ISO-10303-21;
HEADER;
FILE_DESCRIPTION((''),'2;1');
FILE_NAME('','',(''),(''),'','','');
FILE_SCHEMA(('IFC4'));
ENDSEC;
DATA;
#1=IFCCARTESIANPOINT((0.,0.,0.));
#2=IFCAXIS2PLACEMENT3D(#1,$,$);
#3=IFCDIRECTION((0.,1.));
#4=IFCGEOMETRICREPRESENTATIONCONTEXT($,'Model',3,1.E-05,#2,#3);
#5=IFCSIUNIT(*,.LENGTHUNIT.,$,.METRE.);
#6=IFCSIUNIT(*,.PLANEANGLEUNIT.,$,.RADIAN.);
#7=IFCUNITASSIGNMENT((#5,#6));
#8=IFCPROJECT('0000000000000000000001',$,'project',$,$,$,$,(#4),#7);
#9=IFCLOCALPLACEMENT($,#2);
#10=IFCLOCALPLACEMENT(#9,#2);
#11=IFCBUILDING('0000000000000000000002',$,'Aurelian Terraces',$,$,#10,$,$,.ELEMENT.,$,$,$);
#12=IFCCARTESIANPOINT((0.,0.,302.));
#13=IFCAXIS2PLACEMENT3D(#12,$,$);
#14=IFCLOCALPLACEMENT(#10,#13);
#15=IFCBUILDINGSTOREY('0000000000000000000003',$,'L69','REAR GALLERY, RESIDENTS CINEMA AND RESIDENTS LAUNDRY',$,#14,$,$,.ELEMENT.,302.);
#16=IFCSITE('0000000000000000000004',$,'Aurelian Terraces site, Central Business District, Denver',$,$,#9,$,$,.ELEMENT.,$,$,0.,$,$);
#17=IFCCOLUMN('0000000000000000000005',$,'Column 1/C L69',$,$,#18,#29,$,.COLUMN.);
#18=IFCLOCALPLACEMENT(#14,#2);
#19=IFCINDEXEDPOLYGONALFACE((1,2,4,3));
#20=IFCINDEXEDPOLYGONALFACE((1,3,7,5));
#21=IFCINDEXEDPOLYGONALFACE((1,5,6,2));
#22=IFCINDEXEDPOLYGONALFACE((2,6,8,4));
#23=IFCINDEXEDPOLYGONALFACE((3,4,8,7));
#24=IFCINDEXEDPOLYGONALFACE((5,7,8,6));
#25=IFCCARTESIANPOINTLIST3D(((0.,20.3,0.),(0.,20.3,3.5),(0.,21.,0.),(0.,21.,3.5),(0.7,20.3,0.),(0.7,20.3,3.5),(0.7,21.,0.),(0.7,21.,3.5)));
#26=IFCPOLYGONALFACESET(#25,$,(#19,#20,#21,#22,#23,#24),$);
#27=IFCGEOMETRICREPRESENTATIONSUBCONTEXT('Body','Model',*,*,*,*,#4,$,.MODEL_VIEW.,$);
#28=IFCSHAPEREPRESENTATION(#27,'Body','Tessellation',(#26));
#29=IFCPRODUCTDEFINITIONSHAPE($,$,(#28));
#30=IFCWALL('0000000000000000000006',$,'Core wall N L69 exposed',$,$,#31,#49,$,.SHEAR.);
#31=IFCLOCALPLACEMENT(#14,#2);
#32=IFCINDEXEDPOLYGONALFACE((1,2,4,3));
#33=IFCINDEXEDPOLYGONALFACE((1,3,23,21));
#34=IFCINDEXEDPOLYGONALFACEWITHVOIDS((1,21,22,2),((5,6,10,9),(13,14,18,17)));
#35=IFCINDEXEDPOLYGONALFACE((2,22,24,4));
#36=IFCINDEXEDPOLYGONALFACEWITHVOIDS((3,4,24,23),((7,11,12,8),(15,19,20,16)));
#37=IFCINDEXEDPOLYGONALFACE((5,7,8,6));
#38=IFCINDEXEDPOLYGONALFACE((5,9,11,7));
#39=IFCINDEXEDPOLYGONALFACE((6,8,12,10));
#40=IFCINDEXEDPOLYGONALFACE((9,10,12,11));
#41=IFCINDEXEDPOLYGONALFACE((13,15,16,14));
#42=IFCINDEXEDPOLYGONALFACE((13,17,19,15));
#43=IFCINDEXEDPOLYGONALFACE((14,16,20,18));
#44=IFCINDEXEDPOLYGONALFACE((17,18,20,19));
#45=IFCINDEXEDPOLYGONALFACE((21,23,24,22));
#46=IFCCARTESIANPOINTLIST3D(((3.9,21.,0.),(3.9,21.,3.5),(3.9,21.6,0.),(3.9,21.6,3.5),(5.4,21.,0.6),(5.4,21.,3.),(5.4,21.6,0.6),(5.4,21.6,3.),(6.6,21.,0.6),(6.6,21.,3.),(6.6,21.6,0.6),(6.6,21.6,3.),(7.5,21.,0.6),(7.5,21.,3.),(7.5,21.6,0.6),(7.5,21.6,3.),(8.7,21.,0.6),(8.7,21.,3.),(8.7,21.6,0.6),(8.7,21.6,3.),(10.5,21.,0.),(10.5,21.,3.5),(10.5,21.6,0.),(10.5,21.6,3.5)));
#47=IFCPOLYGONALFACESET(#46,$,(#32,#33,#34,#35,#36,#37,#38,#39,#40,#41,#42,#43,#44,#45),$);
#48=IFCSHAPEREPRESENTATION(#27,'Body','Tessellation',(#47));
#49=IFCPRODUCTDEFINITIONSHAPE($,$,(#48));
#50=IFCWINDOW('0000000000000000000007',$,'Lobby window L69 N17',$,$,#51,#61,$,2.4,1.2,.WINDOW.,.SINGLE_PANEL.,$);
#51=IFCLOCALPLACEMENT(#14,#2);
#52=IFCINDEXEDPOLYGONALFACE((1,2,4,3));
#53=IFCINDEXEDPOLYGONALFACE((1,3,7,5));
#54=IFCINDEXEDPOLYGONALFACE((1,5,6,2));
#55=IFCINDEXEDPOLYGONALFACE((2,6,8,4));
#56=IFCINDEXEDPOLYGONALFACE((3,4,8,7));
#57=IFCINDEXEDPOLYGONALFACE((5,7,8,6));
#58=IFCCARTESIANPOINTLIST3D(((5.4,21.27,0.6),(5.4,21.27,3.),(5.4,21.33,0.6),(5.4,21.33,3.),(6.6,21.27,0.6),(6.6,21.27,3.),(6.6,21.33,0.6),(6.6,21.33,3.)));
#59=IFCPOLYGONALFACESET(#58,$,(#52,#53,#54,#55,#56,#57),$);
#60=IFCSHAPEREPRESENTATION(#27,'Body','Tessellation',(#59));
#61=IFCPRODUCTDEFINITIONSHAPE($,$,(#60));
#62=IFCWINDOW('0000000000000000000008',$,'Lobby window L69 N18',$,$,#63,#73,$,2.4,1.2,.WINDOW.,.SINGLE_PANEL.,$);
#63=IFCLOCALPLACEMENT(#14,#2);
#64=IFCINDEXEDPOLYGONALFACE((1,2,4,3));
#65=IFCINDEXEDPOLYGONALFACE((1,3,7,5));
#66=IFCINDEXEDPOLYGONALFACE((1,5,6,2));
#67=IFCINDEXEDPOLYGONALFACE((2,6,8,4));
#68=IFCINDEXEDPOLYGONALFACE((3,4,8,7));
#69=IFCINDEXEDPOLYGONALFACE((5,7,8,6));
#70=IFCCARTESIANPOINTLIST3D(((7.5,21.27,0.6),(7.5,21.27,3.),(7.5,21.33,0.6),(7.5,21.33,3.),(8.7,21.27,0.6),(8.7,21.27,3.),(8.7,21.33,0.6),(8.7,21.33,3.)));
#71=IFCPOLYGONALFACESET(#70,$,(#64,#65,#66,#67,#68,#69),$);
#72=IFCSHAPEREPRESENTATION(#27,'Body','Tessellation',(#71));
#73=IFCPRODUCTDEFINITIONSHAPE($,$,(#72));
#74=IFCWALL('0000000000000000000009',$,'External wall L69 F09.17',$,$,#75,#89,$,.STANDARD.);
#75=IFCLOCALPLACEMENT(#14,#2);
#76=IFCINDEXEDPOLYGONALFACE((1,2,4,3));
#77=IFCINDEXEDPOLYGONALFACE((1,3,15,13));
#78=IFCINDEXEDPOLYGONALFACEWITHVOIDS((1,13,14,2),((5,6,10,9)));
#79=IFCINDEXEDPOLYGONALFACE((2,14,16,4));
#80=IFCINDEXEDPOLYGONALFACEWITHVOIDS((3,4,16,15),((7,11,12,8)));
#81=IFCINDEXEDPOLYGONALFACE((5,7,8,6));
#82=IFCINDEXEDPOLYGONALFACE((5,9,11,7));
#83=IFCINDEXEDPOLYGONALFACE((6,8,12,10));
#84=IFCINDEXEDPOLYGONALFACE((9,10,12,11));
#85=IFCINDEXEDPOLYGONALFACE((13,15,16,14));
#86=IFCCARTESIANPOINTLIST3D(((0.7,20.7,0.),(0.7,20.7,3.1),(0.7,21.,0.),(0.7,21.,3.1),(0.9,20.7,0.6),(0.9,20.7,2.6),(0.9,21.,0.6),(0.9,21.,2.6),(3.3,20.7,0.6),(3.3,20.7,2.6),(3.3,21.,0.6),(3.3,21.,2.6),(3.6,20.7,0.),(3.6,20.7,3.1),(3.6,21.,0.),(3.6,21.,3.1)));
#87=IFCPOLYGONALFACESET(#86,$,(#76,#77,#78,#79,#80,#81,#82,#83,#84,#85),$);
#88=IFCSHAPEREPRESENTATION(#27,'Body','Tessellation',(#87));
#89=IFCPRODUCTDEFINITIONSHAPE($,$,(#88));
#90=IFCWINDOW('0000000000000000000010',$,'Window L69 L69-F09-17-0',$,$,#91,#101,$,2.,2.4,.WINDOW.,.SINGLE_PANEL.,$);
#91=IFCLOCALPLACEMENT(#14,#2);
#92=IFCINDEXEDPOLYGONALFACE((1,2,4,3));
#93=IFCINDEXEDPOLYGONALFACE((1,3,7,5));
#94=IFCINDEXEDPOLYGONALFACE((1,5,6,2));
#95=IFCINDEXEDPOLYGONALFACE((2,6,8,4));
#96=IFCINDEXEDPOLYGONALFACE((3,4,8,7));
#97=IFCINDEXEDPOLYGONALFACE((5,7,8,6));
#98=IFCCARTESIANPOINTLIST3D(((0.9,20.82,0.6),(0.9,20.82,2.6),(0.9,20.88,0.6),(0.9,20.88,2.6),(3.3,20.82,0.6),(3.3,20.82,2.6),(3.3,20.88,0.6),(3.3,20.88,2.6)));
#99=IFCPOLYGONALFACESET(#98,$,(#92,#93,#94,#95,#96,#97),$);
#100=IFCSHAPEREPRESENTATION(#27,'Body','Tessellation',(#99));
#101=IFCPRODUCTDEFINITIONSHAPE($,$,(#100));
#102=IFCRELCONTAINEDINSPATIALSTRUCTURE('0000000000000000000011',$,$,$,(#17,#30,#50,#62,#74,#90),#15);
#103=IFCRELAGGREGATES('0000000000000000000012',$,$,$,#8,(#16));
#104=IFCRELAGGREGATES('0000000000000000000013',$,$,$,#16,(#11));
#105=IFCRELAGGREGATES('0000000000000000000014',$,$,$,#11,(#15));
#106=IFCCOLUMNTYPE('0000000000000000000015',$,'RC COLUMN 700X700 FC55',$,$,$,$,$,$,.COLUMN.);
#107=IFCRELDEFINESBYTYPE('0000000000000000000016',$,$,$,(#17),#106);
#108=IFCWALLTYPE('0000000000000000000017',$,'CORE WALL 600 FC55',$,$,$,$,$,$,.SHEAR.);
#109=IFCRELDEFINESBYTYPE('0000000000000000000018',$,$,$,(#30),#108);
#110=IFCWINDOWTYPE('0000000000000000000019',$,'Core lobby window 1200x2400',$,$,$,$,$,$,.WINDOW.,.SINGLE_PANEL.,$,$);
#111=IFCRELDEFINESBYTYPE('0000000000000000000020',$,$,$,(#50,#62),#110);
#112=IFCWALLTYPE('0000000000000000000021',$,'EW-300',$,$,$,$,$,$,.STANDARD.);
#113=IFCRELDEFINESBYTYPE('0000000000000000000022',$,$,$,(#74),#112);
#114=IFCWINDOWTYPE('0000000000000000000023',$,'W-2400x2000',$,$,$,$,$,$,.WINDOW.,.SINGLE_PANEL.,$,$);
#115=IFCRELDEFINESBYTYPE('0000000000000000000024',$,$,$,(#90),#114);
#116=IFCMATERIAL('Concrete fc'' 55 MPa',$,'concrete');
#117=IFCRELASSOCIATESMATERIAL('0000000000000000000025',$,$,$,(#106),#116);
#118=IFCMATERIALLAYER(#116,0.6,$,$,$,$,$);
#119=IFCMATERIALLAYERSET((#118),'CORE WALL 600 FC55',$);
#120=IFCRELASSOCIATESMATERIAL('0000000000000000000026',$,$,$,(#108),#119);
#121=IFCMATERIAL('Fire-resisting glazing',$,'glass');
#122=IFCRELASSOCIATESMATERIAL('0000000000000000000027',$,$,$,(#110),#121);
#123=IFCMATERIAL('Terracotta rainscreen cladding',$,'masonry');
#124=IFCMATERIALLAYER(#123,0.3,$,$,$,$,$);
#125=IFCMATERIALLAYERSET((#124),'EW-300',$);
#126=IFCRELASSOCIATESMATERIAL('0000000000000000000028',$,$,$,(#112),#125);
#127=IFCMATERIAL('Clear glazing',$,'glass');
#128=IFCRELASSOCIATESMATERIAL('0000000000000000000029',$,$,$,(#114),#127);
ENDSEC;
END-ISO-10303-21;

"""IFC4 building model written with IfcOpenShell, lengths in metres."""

from ifc_helpers import new_model, si_unit, direction, frame, frame_2d, origin, origin_2d, place, context, subcontext, project, spatial, rectangle, extrude, source, transform, mapped, material, layer, layer_set, material_profile, profile_set, type_object, element, fill, save


model = new_model("IFC4")

# Units and contexts
model_context = context("Model", 3, precision=1e-05, world=origin(), true_north=direction((0.0, 1.0)))
body_context = subcontext(model_context, "Body", "Model", "MODEL_VIEW")
ifc_project = project(units=[si_unit("LENGTHUNIT", "METRE"), si_unit("PLANEANGLEUNIT", "RADIAN")], contexts=[model_context])

# Site, building, storey
site_placement = place(None, origin())
site = spatial("IfcSite", under=ifc_project, at=site_placement, Name="Aurelian Terraces site, Central Business District, Denver", CompositionType="ELEMENT", RefElevation=0.0)
building_placement = place(site_placement, origin())
building = spatial("IfcBuilding", under=site, at=building_placement, Name="Aurelian Terraces", CompositionType="ELEMENT")
storey_placement = place(building_placement, frame((0.0, 0.0, 302.0)))
storey = spatial("IfcBuildingStorey", under=building, at=storey_placement, Name="L69", Description="REAR GALLERY, RESIDENTS CINEMA AND RESIDENTS LAUNDRY", CompositionType="ELEMENT", Elevation=302.0)

# Column
ifc_material_1 = material(Name="Concrete fc' 55 MPa", Category="concrete")
ifc_material_profile = material_profile(ifc_material_1, rectangle(XDim=0.7, YDim=0.7, at=origin_2d()))
ifc_profile_set = profile_set([ifc_material_profile], Name="Concrete fc' 55 MPa")
column_type = type_object("IfcColumnType", Name="RC COLUMN 700X700 FC55", PredefinedType="COLUMN", material=ifc_profile_set)
shared_shape_1 = source(origin(), body_context, "Body", "SweptSolid", [
    extrude(rectangle(XDim=0.7, YDim=0.7, at=origin_2d()), origin(), (0.0, 0.0, 1.0), 3.5),
])
column_placement = place(storey_placement, frame((0.35, 20.65, 0.0), z_axis=(0.0, 0.0, 1.0), x_axis=(1.0, 0.0, 0.0)))
element("IfcColumn", 1, at=column_placement, inside=storey, type_object=column_type, Name="Column 1/C L69", PredefinedType="COLUMN", context=body_context, shape_type="MappedRepresentation", body=[
    mapped(shared_shape_1, transform((0.0, 0.0, 0.0), scale=1.0)),
])

# Wall, openings, windows
ifc_layer_1 = layer(ifc_material_1, 0.6)
ifc_layer_set_1 = layer_set([ifc_layer_1], Name="CORE WALL 600 FC55")
wall_type_1 = type_object("IfcWallType", Name="CORE WALL 600 FC55", PredefinedType="SHEAR", material=ifc_layer_set_1)
shared_shape_2 = source(origin(), body_context, "Body", "SweptSolid", [
    extrude(rectangle(XDim=6.6, YDim=0.6, at=frame_2d((3.3, 0.0))), origin(), (0.0, 0.0, 1.0), 3.5),
])
wall_1_placement = place(storey_placement, frame((3.9, 21.3, 0.0), z_axis=(0.0, 0.0, 1.0), x_axis=(1.0, 0.0, 0.0)))
wall_1 = element("IfcWall", 2, at=wall_1_placement, inside=storey, type_object=wall_type_1, Name="Core wall N L69 exposed", PredefinedType="SHEAR", context=body_context, shape_type="MappedRepresentation", body=[
    mapped(shared_shape_2, transform((0.0, 0.0, 0.0), scale=1.0)),
])
shared_shape_3 = source(origin(), body_context, "Body", "SweptSolid", [
    extrude(rectangle(XDim=1.2, YDim=2.4, at=frame_2d((0.6, 1.2))), frame((0.0, 0.31, 0.0), z_axis=(0.0, -1.0, 0.0), x_axis=(1.0, 0.0, 0.0)), (0.0, 0.0, 1.0), 0.62),
])
opening_1_placement = place(wall_1_placement, frame((1.5, 0.0, 0.6)))
opening_1 = element("IfcOpeningElement", 3, at=opening_1_placement, cuts=wall_1, PredefinedType="OPENING", context=body_context, shape_type="MappedRepresentation", body=[
    mapped(shared_shape_3, transform((0.0, 0.0, 0.0), scale=1.0)),
])
opening_2_placement = place(wall_1_placement, frame((3.6, 0.0, 0.6)))
opening_2 = element("IfcOpeningElement", 4, at=opening_2_placement, cuts=wall_1, PredefinedType="OPENING", context=body_context, shape_type="MappedRepresentation", body=[
    mapped(shared_shape_3, transform((0.0, 0.0, 0.0), scale=1.0)),
])
ifc_material_2 = material(Name="Fire-resisting glazing", Category="glass")
window_type_1 = type_object("IfcWindowType", Name="Core lobby window 1200x2400", PartitioningType="SINGLE_PANEL", PredefinedType="WINDOW", material=ifc_material_2)
shared_shape_4 = source(origin(), body_context, "Body", "SweptSolid", [
    extrude(rectangle(XDim=1.2, YDim=2.4, at=frame_2d((0.6, 1.2))), frame((0.0, 0.03, 0.0), z_axis=(0.0, -1.0, 0.0), x_axis=(1.0, 0.0, 0.0)), (0.0, 0.0, 1.0), 0.06),
])
window_1_placement = place(opening_1_placement, origin())
window_1 = element("IfcWindow", 5, at=window_1_placement, inside=storey, type_object=window_type_1, Name="Lobby window L69 N17", OverallHeight=2.4, OverallWidth=1.2, PartitioningType="SINGLE_PANEL", PredefinedType="WINDOW", context=body_context, shape_type="MappedRepresentation", body=[
    mapped(shared_shape_4, transform((0.0, 0.0, 0.0), scale=1.0)),
])
fill(opening_1, window_1)
window_2_placement = place(opening_2_placement, origin())
window_2 = element("IfcWindow", 6, at=window_2_placement, inside=storey, type_object=window_type_1, Name="Lobby window L69 N18", OverallHeight=2.4, OverallWidth=1.2, PartitioningType="SINGLE_PANEL", PredefinedType="WINDOW", context=body_context, shape_type="MappedRepresentation", body=[
    mapped(shared_shape_4, transform((0.0, 0.0, 0.0), scale=1.0)),
])
fill(opening_2, window_2)

# Wall, opening, window
ifc_material_3 = material(Name="Terracotta rainscreen cladding", Category="masonry")
ifc_layer_2 = layer(ifc_material_3, 0.3)
ifc_layer_set_2 = layer_set([ifc_layer_2], Name="EW-300")
wall_type_2 = type_object("IfcWallType", Name="EW-300", PredefinedType="STANDARD", material=ifc_layer_set_2)
shared_shape_5 = source(origin(), body_context, "Body", "SweptSolid", [
    extrude(rectangle(XDim=2.9, YDim=0.3, at=frame_2d((1.45, 0.0))), origin(), (0.0, 0.0, 1.0), 3.1),
])
wall_2_placement = place(storey_placement, frame((3.6, 20.85, 0.0), z_axis=(0.0, 0.0, 1.0), x_axis=(-1.0, 0.0, 0.0)))
wall_2 = element("IfcWall", 7, at=wall_2_placement, inside=storey, type_object=wall_type_2, Name="External wall L69 F09.17", PredefinedType="STANDARD", context=body_context, shape_type="MappedRepresentation", body=[
    mapped(shared_shape_5, transform((0.0, 0.0, 0.0), scale=1.0)),
])
shared_shape_6 = source(origin(), body_context, "Body", "SweptSolid", [
    extrude(rectangle(XDim=2.4, YDim=2.0, at=frame_2d((1.2, 1.0))), frame((0.0, 0.16, 0.0), z_axis=(0.0, -1.0, 0.0), x_axis=(1.0, 0.0, 0.0)), (0.0, 0.0, 1.0), 0.32),
])
opening_3_placement = place(wall_2_placement, frame((0.3, 0.0, 0.6)))
opening_3 = element("IfcOpeningElement", 8, at=opening_3_placement, cuts=wall_2, PredefinedType="OPENING", context=body_context, shape_type="MappedRepresentation", body=[
    mapped(shared_shape_6, transform((0.0, 0.0, 0.0), scale=1.0)),
])
ifc_material_4 = material(Name="Clear glazing", Category="glass")
window_type_2 = type_object("IfcWindowType", Name="W-2400x2000", PartitioningType="SINGLE_PANEL", PredefinedType="WINDOW", material=ifc_material_4)
shared_shape_7 = source(origin(), body_context, "Body", "SweptSolid", [
    extrude(rectangle(XDim=2.4, YDim=2.0, at=frame_2d((1.2, 1.0))), frame((0.0, 0.03, 0.0), z_axis=(0.0, -1.0, 0.0), x_axis=(1.0, 0.0, 0.0)), (0.0, 0.0, 1.0), 0.06),
])
window_3_placement = place(opening_3_placement, origin())
window_3 = element("IfcWindow", 9, at=window_3_placement, inside=storey, type_object=window_type_2, Name="Window L69 L69-F09-17-0", OverallHeight=2.0, OverallWidth=2.4, PartitioningType="SINGLE_PANEL", PredefinedType="WINDOW", context=body_context, shape_type="MappedRepresentation", body=[
    mapped(shared_shape_7, transform((0.0, 0.0, 0.0), scale=1.0)),
])
fill(opening_3, window_3)

save(model, "model.ifc")
